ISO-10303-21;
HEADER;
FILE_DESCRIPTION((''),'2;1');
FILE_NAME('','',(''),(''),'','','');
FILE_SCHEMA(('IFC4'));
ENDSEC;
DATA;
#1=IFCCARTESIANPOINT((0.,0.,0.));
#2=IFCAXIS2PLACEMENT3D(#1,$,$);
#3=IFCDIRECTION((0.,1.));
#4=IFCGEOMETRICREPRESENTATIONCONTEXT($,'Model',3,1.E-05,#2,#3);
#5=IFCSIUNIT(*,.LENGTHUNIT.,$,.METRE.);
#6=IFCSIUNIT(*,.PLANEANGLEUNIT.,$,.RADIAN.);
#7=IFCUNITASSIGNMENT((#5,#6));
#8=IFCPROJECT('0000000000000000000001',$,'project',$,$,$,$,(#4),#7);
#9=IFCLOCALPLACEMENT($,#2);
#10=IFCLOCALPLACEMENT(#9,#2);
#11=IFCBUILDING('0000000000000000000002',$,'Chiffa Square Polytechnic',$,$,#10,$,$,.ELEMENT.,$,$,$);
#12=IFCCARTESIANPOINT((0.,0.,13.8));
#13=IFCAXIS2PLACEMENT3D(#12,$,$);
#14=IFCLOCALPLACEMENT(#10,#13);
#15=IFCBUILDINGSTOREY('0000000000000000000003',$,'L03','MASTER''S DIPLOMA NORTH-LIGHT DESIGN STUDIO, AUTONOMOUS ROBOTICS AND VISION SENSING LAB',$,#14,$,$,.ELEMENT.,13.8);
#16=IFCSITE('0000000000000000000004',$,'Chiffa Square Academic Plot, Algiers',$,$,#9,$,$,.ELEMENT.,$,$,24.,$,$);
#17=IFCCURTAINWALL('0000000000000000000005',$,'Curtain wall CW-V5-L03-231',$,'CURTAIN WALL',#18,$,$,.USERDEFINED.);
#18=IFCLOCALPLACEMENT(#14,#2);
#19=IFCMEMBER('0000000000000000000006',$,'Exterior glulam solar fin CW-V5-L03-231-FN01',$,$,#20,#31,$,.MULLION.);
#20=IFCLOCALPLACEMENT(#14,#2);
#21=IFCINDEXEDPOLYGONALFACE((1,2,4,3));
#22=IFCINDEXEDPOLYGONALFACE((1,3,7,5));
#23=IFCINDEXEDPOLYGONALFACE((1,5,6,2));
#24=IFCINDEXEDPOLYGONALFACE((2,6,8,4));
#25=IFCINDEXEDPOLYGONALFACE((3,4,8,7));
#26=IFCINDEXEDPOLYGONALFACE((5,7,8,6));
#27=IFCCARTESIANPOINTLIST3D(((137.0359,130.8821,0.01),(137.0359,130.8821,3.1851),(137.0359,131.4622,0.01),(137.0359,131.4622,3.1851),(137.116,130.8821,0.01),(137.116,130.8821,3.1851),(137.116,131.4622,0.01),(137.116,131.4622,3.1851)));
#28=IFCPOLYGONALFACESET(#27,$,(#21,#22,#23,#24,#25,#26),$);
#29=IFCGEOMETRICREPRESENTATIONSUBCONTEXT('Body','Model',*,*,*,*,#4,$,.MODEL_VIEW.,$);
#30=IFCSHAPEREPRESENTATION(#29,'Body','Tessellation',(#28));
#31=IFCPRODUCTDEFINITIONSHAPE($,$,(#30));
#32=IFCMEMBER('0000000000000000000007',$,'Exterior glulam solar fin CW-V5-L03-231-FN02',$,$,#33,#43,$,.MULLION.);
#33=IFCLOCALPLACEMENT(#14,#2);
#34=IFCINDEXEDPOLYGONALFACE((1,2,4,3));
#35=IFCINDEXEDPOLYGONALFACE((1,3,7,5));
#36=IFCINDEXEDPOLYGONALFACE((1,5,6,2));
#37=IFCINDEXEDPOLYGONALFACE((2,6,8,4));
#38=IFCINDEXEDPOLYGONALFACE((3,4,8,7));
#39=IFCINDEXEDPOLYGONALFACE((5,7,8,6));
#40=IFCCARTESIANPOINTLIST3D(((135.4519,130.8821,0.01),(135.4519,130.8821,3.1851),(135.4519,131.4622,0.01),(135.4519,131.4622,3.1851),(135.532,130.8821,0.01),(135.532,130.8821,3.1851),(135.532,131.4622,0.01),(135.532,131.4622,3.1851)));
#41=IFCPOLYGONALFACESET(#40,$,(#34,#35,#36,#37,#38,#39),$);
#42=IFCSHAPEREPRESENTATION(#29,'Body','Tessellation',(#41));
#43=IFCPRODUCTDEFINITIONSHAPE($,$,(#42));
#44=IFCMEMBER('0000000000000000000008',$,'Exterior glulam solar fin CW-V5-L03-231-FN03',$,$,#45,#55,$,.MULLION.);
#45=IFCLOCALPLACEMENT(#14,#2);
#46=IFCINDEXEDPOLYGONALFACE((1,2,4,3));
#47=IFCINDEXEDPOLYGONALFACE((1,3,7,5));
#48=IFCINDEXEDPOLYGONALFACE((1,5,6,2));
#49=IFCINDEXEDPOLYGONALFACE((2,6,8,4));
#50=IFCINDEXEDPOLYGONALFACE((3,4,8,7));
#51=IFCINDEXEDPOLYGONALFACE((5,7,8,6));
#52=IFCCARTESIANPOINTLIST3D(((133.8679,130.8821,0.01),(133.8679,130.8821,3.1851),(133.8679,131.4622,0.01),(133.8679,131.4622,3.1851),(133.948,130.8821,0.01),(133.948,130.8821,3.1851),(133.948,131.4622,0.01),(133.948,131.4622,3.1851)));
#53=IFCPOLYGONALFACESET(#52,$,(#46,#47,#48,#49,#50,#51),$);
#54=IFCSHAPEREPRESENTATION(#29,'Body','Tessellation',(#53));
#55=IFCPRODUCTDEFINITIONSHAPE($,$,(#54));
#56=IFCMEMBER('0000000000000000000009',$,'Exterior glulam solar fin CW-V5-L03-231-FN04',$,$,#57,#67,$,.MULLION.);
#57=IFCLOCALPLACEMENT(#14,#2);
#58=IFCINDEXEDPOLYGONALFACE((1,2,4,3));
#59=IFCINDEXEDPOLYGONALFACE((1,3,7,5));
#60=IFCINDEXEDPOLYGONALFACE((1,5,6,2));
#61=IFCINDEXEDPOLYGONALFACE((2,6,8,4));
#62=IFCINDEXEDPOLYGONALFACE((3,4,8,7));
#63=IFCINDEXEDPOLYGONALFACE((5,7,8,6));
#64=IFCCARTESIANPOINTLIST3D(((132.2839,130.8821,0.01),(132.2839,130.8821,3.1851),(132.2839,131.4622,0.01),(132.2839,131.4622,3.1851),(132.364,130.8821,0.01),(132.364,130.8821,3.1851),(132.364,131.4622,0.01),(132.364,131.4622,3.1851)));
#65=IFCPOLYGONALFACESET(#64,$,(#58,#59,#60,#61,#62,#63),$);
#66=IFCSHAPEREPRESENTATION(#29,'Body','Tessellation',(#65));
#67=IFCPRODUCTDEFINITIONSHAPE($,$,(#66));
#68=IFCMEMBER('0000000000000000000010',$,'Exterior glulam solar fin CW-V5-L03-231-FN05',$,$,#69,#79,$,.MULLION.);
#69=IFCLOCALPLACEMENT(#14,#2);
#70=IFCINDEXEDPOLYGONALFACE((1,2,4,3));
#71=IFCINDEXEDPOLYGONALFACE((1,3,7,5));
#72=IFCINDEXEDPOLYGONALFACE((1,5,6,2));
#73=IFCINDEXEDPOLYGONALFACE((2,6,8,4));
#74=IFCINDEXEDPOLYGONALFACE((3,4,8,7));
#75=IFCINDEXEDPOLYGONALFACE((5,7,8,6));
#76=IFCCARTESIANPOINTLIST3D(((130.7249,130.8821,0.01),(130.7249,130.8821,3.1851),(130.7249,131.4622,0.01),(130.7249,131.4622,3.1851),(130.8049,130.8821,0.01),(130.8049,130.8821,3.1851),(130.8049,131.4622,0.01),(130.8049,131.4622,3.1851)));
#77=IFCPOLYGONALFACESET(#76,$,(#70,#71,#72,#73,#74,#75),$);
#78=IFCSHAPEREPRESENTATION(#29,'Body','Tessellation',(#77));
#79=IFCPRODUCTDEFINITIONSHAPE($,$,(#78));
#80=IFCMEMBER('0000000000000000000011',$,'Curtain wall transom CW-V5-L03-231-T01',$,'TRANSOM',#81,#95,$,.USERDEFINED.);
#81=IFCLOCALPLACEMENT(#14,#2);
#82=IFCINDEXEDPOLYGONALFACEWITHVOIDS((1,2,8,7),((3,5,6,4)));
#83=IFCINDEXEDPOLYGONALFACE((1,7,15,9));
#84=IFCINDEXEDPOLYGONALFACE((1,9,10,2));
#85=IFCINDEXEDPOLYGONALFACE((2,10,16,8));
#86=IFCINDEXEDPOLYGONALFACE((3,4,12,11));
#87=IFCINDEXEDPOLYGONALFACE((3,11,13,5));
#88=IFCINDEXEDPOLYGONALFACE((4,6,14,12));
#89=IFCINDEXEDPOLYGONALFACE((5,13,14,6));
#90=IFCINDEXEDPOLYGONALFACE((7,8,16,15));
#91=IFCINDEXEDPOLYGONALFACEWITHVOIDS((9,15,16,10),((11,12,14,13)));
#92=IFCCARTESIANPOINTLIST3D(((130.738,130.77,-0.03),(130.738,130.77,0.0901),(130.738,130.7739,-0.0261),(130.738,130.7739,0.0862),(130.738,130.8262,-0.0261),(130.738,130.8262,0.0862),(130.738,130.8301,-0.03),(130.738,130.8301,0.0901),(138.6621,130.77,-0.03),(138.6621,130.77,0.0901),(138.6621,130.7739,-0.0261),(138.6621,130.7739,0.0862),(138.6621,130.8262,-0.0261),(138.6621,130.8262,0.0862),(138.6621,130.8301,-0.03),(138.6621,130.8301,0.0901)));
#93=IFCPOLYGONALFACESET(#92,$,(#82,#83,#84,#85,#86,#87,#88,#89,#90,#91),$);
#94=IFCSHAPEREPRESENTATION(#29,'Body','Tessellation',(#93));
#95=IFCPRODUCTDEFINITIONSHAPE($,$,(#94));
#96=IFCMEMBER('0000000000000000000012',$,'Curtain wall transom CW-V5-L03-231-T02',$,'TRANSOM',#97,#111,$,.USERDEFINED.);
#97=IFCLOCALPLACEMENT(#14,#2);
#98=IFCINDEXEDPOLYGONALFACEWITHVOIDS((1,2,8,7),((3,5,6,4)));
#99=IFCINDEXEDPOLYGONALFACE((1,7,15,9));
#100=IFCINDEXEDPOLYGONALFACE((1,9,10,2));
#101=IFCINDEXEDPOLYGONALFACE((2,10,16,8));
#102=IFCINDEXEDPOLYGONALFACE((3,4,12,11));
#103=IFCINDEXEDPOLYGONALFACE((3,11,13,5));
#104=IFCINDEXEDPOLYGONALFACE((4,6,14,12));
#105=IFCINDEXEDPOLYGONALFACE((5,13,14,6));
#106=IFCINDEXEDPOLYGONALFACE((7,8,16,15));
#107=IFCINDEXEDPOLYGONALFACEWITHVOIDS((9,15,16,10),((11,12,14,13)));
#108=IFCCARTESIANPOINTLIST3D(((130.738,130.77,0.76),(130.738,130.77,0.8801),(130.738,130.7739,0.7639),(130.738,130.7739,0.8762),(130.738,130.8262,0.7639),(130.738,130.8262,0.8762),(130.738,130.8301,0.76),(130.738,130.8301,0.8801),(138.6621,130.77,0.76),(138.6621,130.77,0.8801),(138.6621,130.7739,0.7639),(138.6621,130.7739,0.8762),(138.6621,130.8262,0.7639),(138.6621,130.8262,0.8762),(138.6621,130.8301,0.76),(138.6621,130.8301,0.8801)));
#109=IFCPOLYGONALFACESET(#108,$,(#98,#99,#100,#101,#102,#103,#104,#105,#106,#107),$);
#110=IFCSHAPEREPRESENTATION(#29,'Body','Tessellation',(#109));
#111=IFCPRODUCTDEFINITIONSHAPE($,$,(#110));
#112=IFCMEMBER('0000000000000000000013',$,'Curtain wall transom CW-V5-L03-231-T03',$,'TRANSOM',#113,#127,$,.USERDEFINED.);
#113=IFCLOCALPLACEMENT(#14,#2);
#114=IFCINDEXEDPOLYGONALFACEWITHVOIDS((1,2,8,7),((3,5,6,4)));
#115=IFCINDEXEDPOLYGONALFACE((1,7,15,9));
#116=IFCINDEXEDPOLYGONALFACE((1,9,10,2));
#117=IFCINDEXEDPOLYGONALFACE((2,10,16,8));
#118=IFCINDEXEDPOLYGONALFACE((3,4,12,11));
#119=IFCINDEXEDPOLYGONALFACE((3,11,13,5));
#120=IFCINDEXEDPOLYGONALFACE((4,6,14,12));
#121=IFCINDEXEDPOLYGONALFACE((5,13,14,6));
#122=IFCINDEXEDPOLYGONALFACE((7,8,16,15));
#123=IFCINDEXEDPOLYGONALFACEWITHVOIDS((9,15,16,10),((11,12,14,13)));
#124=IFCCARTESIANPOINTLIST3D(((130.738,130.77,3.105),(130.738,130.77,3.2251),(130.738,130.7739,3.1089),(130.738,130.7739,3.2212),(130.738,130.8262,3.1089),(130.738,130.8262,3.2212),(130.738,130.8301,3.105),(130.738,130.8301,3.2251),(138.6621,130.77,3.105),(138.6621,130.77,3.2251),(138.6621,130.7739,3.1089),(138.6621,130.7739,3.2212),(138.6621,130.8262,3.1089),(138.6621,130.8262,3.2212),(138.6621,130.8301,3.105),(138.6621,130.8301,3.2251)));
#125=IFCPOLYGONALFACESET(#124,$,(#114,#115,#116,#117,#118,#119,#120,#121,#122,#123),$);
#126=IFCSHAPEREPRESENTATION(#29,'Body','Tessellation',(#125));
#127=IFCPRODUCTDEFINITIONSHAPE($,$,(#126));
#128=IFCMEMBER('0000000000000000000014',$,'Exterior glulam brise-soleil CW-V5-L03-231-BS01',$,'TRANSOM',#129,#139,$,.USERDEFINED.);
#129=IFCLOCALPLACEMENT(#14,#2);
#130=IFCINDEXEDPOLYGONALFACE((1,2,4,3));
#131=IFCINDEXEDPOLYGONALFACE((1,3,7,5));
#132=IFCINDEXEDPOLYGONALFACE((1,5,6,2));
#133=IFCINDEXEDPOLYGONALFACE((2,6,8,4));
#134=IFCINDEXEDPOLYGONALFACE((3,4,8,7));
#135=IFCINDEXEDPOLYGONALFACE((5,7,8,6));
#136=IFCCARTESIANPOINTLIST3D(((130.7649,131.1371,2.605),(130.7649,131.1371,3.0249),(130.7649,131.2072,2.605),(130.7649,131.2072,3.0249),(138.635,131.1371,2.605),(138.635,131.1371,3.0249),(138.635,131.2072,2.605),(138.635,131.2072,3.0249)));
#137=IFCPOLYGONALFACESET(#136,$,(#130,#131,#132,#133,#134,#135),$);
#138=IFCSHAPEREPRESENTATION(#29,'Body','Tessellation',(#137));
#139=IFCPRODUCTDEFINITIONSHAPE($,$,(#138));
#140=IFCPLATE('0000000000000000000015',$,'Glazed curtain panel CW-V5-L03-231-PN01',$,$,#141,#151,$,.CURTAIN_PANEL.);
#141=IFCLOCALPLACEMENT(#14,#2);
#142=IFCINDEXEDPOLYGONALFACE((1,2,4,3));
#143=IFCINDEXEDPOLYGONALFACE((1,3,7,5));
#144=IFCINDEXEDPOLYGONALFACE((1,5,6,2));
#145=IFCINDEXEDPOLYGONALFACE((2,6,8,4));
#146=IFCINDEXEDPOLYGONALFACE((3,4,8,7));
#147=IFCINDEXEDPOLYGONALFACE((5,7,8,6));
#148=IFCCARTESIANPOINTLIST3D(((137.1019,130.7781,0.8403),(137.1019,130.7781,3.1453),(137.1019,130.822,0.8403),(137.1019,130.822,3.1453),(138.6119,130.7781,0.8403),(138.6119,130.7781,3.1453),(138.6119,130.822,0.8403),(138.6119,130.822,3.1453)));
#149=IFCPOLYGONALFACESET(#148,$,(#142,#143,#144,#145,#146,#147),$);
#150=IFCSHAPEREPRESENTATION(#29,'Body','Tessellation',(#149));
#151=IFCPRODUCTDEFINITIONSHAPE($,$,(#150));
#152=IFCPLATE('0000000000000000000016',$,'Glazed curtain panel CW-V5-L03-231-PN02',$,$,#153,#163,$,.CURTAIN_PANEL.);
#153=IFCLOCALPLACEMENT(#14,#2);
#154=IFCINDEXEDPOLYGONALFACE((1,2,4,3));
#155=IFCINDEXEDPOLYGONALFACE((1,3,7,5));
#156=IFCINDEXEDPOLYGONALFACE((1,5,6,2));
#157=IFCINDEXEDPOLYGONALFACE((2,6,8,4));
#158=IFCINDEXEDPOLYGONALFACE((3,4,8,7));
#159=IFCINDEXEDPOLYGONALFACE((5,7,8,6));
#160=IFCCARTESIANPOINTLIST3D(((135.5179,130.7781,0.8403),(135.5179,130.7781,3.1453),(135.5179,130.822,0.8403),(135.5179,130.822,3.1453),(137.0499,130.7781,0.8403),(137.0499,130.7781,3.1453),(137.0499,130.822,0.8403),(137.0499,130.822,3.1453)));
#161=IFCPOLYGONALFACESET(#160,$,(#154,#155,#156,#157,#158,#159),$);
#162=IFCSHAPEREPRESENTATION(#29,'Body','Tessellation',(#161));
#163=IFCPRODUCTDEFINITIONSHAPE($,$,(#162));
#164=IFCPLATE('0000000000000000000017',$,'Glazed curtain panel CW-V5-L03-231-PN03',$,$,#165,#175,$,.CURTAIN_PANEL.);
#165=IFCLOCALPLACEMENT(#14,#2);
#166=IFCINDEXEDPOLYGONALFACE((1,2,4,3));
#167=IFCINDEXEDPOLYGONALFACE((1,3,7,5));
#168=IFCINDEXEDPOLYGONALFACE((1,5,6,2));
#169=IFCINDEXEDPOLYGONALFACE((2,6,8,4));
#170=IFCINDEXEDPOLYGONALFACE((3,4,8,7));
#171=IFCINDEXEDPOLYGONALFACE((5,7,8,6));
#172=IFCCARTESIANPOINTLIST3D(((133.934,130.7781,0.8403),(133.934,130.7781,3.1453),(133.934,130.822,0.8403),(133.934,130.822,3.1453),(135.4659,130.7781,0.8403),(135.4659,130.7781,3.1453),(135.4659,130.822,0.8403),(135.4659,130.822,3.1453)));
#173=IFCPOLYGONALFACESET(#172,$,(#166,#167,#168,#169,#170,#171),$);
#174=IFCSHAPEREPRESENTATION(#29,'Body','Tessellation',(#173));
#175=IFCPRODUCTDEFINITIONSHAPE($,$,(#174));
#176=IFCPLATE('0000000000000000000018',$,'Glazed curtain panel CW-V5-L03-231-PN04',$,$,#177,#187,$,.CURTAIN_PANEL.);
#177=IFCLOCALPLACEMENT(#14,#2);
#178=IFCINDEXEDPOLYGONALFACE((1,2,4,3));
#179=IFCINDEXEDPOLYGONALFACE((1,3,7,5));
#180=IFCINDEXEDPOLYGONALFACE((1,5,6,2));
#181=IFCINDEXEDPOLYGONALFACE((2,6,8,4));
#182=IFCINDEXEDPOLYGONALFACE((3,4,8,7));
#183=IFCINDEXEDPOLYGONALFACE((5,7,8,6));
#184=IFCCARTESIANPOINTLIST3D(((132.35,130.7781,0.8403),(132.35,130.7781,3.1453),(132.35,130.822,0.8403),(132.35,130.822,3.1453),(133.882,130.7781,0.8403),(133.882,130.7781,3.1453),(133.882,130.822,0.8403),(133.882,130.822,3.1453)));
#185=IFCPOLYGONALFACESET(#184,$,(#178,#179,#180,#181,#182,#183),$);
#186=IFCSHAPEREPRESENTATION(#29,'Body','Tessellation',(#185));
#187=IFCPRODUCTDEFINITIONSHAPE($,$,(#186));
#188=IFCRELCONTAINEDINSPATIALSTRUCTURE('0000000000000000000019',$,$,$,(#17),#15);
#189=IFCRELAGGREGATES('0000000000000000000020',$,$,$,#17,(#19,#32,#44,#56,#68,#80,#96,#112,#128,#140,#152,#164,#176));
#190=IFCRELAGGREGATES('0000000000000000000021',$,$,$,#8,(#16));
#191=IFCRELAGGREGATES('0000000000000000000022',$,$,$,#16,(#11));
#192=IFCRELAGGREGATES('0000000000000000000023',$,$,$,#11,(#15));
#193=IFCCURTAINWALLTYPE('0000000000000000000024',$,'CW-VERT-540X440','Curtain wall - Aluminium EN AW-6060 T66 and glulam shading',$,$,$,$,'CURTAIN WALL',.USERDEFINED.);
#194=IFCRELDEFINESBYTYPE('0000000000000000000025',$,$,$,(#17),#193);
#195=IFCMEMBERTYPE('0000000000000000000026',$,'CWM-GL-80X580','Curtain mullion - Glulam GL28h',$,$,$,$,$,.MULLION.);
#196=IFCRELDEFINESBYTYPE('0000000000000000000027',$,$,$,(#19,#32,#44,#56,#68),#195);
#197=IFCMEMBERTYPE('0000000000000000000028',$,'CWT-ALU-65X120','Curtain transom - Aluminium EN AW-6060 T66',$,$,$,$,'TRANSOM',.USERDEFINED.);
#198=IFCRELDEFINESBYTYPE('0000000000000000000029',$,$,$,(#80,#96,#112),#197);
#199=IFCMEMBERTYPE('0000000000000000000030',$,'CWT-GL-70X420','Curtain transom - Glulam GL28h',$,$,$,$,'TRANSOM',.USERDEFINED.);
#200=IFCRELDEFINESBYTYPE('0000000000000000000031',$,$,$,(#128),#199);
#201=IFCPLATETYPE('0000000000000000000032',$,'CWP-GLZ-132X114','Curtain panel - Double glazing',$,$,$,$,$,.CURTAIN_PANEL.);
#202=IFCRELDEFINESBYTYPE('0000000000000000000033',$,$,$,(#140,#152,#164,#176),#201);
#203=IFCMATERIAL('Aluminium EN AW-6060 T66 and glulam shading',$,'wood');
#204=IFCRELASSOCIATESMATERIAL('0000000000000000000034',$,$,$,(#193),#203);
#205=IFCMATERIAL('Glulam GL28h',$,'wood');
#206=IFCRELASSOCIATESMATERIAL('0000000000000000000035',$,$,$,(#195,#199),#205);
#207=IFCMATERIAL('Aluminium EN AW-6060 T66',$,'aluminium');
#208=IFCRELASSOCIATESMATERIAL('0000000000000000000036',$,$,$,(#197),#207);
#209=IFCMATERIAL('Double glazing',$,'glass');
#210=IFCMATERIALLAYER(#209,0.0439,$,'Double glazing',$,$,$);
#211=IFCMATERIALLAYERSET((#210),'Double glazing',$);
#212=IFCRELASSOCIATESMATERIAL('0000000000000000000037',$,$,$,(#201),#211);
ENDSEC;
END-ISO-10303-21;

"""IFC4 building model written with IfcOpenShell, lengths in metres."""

from ifc_helpers import new_model, si_unit, direction, frame, origin, origin_2d, place, context, subcontext, project, spatial, rectangle, hollow_rectangle, extrude, material, layer, layer_set, material_profile, profile_set, type_object, element, aggregate, save


model = new_model("IFC4")

# Units and contexts
model_context = context("Model", 3, precision=1e-05, world=origin(), true_north=direction((0.0, 1.0)))
body_context = subcontext(model_context, "Body", "Model", "MODEL_VIEW")
ifc_project = project(units=[si_unit("LENGTHUNIT", "METRE"), si_unit("PLANEANGLEUNIT", "RADIAN")], contexts=[model_context])

# Site, building, storey
site_placement = place(None, origin())
site = spatial("IfcSite", under=ifc_project, at=site_placement, Name="Chiffa Square Academic Plot, Algiers", CompositionType="ELEMENT", RefElevation=24.0)
building_placement = place(site_placement, origin())
building = spatial("IfcBuilding", under=site, at=building_placement, Name="Chiffa Square Polytechnic", CompositionType="ELEMENT")
storey_placement = place(building_placement, frame((0.0, 0.0, 13.8)))
storey = spatial("IfcBuildingStorey", under=building, at=storey_placement, Name="L03", Description="MASTER'S DIPLOMA NORTH-LIGHT DESIGN STUDIO, AUTONOMOUS ROBOTICS AND VISION SENSING LAB", CompositionType="ELEMENT", Elevation=13.8)

# Shared definitions
ifc_material_1 = material(Name="Aluminium EN AW-6060 T66 and glulam shading", Category="wood")
ifc_material_2 = material(Name="Aluminium EN AW-6060 T66", Category="aluminium")

# Curtain wall
curtain_wall_type_1 = type_object("IfcCurtainWallType", Name="CW-VERT-540X440", Description="Curtain wall - Aluminium EN AW-6060 T66 and glulam shading", ElementType="CURTAIN WALL", PredefinedType="USERDEFINED", material=ifc_material_1)
curtain_wall_1_placement = place(storey_placement, origin())
curtain_wall_1 = element("IfcCurtainWall", 1, at=curtain_wall_1_placement, inside=storey, type_object=curtain_wall_type_1, Name="Curtain wall CW-V5-L03-231", ObjectType="CURTAIN WALL", PredefinedType="USERDEFINED")

# Members
ifc_material_3 = material(Name="Glulam GL28h", Category="wood")
ifc_material_profile_1 = material_profile(ifc_material_3, rectangle(XDim=0.0801, YDim=0.5801, at=origin_2d()), Name="GL28h 80x580")
ifc_profile_set_1 = profile_set([ifc_material_profile_1], Name="Glulam GL28h")
member_type_1 = type_object("IfcMemberType", Name="CWM-GL-80X580", Description="Curtain mullion - Glulam GL28h", PredefinedType="MULLION", material=ifc_profile_set_1)
member_1_placement = place(storey_placement, frame((137.0759, 131.1721, 0.01), z_axis=(0.0, 0.0, 1.0), x_axis=(-1.0, 0.0, 0.0)))
member_1 = element("IfcMember", 2, at=member_1_placement, type_object=member_type_1, Name="Exterior glulam solar fin CW-V5-L03-231-FN01", PredefinedType="MULLION", context=body_context, shape_type="SweptSolid", body=[
    extrude(rectangle(XDim=0.0801, YDim=0.5801, at=origin_2d()), origin(), (0.0, 0.0, 1.0), 3.175),
])
member_2_placement = place(storey_placement, frame((135.4919, 131.1721, 0.01), z_axis=(0.0, 0.0, 1.0), x_axis=(-1.0, 0.0, 0.0)))
member_2 = element("IfcMember", 3, at=member_2_placement, type_object=member_type_1, Name="Exterior glulam solar fin CW-V5-L03-231-FN02", PredefinedType="MULLION", context=body_context, shape_type="SweptSolid", body=[
    extrude(rectangle(XDim=0.0801, YDim=0.5801, at=origin_2d()), origin(), (0.0, 0.0, 1.0), 3.175),
])
member_3_placement = place(storey_placement, frame((133.908, 131.1721, 0.01), z_axis=(0.0, 0.0, 1.0), x_axis=(-1.0, 0.0, 0.0)))
member_3 = element("IfcMember", 4, at=member_3_placement, type_object=member_type_1, Name="Exterior glulam solar fin CW-V5-L03-231-FN03", PredefinedType="MULLION", context=body_context, shape_type="SweptSolid", body=[
    extrude(rectangle(XDim=0.0801, YDim=0.5801, at=origin_2d()), origin(), (0.0, 0.0, 1.0), 3.175),
])
member_4_placement = place(storey_placement, frame((132.324, 131.1721, 0.01), z_axis=(0.0, 0.0, 1.0), x_axis=(-1.0, 0.0, 0.0)))
member_4 = element("IfcMember", 5, at=member_4_placement, type_object=member_type_1, Name="Exterior glulam solar fin CW-V5-L03-231-FN04", PredefinedType="MULLION", context=body_context, shape_type="SweptSolid", body=[
    extrude(rectangle(XDim=0.0801, YDim=0.5801, at=origin_2d()), origin(), (0.0, 0.0, 1.0), 3.175),
])
member_5_placement = place(storey_placement, frame((130.7649, 131.1721, 0.01), z_axis=(0.0, 0.0, 1.0), x_axis=(-1.0, 0.0, 0.0)))
member_5 = element("IfcMember", 6, at=member_5_placement, type_object=member_type_1, Name="Exterior glulam solar fin CW-V5-L03-231-FN05", PredefinedType="MULLION", context=body_context, shape_type="SweptSolid", body=[
    extrude(rectangle(XDim=0.0801, YDim=0.5801, at=origin_2d()), origin(), (0.0, 0.0, 1.0), 3.175),
])
ifc_material_profile_2 = material_profile(ifc_material_2, hollow_rectangle(XDim=0.0601, YDim=0.1201, WallThickness=0.0039, at=origin_2d()), Name="ALU 60x120x4")
ifc_profile_set_2 = profile_set([ifc_material_profile_2], Name="Aluminium EN AW-6060 T66")
member_type_2 = type_object("IfcMemberType", Name="CWT-ALU-65X120", Description="Curtain transom - Aluminium EN AW-6060 T66", ElementType="TRANSOM", PredefinedType="USERDEFINED", material=ifc_profile_set_2)
member_6_placement = place(storey_placement, frame((138.6621, 130.8, 0.03), z_axis=(-1.0, 0.0, 0.0), x_axis=(0.0, -1.0, 0.0)))
member_6 = element("IfcMember", 7, at=member_6_placement, type_object=member_type_2, Name="Curtain wall transom CW-V5-L03-231-T01", ObjectType="TRANSOM", PredefinedType="USERDEFINED", context=body_context, shape_type="SweptSolid", body=[
    extrude(hollow_rectangle(XDim=0.0601, YDim=0.1201, WallThickness=0.0039, at=origin_2d()), origin(), (0.0, 0.0, 1.0), 7.9241),
])
member_7_placement = place(storey_placement, frame((138.6621, 130.8, 0.8201), z_axis=(-1.0, 0.0, 0.0), x_axis=(0.0, -1.0, 0.0)))
member_7 = element("IfcMember", 8, at=member_7_placement, type_object=member_type_2, Name="Curtain wall transom CW-V5-L03-231-T02", ObjectType="TRANSOM", PredefinedType="USERDEFINED", context=body_context, shape_type="SweptSolid", body=[
    extrude(hollow_rectangle(XDim=0.0601, YDim=0.1201, WallThickness=0.0039, at=origin_2d()), origin(), (0.0, 0.0, 1.0), 7.9241),
])
member_8_placement = place(storey_placement, frame((138.6621, 130.8, 3.165), z_axis=(-1.0, 0.0, 0.0), x_axis=(0.0, -1.0, 0.0)))
member_8 = element("IfcMember", 9, at=member_8_placement, type_object=member_type_2, Name="Curtain wall transom CW-V5-L03-231-T03", ObjectType="TRANSOM", PredefinedType="USERDEFINED", context=body_context, shape_type="SweptSolid", body=[
    extrude(hollow_rectangle(XDim=0.0601, YDim=0.1201, WallThickness=0.0039, at=origin_2d()), origin(), (0.0, 0.0, 1.0), 7.9241),
])
ifc_material_profile_3 = material_profile(ifc_material_3, rectangle(XDim=0.0701, YDim=0.4199, at=origin_2d()), Name="GL28h 70x420")
ifc_profile_set_3 = profile_set([ifc_material_profile_3], Name="Glulam GL28h")
member_type_3 = type_object("IfcMemberType", Name="CWT-GL-70X420", Description="Curtain transom - Glulam GL28h", ElementType="TRANSOM", PredefinedType="USERDEFINED", material=ifc_profile_set_3)
member_9_placement = place(storey_placement, frame((138.635, 131.1721, 2.8149), z_axis=(-1.0, 0.0, 0.0), x_axis=(0.0, -1.0, 0.0)))
member_9 = element("IfcMember", 10, at=member_9_placement, type_object=member_type_3, Name="Exterior glulam brise-soleil CW-V5-L03-231-BS01", ObjectType="TRANSOM", PredefinedType="USERDEFINED", context=body_context, shape_type="SweptSolid", body=[
    extrude(rectangle(XDim=0.0701, YDim=0.4199, at=origin_2d()), origin(), (0.0, 0.0, 1.0), 7.8701),
])

# Plates
ifc_material_4 = material(Name="Double glazing", Category="glass")
ifc_layer_1 = layer(ifc_material_4, 0.0439, Name="Double glazing")
ifc_layer_set_1 = layer_set([ifc_layer_1], Name="Double glazing")
plate_type_1 = type_object("IfcPlateType", Name="CWP-GLZ-132X114", Description="Curtain panel - Double glazing", PredefinedType="CURTAIN_PANEL", material=ifc_layer_set_1)
plate_1_placement = place(storey_placement, frame((137.8569, 130.8, 0.8403), z_axis=(0.0, 0.0, 1.0), x_axis=(-1.0, 0.0, 0.0)))
plate_1 = element("IfcPlate", 11, at=plate_1_placement, type_object=plate_type_1, Name="Glazed curtain panel CW-V5-L03-231-PN01", PredefinedType="CURTAIN_PANEL", context=body_context, shape_type="SweptSolid", body=[
    extrude(rectangle(XDim=1.51, YDim=0.0439, at=origin_2d()), origin(), (0.0, 0.0, 1.0), 2.3049),
])
plate_2_placement = place(storey_placement, frame((136.2839, 130.8, 0.8403), z_axis=(0.0, 0.0, 1.0), x_axis=(-1.0, 0.0, 0.0)))
plate_2 = element("IfcPlate", 12, at=plate_2_placement, type_object=plate_type_1, Name="Glazed curtain panel CW-V5-L03-231-PN02", PredefinedType="CURTAIN_PANEL", context=body_context, shape_type="SweptSolid", body=[
    extrude(rectangle(XDim=1.532, YDim=0.0439, at=origin_2d()), origin(), (0.0, 0.0, 1.0), 2.3049),
])
plate_3_placement = place(storey_placement, frame((134.7, 130.8, 0.8403), z_axis=(0.0, 0.0, 1.0), x_axis=(-1.0, 0.0, 0.0)))
plate_3 = element("IfcPlate", 13, at=plate_3_placement, type_object=plate_type_1, Name="Glazed curtain panel CW-V5-L03-231-PN03", PredefinedType="CURTAIN_PANEL", context=body_context, shape_type="SweptSolid", body=[
    extrude(rectangle(XDim=1.532, YDim=0.0439, at=origin_2d()), origin(), (0.0, 0.0, 1.0), 2.3049),
])
plate_4_placement = place(storey_placement, frame((133.116, 130.8, 0.8403), z_axis=(0.0, 0.0, 1.0), x_axis=(-1.0, 0.0, 0.0)))
plate_4 = element("IfcPlate", 14, at=plate_4_placement, type_object=plate_type_1, Name="Glazed curtain panel CW-V5-L03-231-PN04", PredefinedType="CURTAIN_PANEL", context=body_context, shape_type="SweptSolid", body=[
    extrude(rectangle(XDim=1.532, YDim=0.0439, at=origin_2d()), origin(), (0.0, 0.0, 1.0), 2.3049),
])
aggregate(curtain_wall_1, [member_1, member_2, member_3, member_4, member_5, member_6, member_7, member_8, member_9, plate_1, plate_2, plate_3, plate_4])

save(model, "model.ifc")
